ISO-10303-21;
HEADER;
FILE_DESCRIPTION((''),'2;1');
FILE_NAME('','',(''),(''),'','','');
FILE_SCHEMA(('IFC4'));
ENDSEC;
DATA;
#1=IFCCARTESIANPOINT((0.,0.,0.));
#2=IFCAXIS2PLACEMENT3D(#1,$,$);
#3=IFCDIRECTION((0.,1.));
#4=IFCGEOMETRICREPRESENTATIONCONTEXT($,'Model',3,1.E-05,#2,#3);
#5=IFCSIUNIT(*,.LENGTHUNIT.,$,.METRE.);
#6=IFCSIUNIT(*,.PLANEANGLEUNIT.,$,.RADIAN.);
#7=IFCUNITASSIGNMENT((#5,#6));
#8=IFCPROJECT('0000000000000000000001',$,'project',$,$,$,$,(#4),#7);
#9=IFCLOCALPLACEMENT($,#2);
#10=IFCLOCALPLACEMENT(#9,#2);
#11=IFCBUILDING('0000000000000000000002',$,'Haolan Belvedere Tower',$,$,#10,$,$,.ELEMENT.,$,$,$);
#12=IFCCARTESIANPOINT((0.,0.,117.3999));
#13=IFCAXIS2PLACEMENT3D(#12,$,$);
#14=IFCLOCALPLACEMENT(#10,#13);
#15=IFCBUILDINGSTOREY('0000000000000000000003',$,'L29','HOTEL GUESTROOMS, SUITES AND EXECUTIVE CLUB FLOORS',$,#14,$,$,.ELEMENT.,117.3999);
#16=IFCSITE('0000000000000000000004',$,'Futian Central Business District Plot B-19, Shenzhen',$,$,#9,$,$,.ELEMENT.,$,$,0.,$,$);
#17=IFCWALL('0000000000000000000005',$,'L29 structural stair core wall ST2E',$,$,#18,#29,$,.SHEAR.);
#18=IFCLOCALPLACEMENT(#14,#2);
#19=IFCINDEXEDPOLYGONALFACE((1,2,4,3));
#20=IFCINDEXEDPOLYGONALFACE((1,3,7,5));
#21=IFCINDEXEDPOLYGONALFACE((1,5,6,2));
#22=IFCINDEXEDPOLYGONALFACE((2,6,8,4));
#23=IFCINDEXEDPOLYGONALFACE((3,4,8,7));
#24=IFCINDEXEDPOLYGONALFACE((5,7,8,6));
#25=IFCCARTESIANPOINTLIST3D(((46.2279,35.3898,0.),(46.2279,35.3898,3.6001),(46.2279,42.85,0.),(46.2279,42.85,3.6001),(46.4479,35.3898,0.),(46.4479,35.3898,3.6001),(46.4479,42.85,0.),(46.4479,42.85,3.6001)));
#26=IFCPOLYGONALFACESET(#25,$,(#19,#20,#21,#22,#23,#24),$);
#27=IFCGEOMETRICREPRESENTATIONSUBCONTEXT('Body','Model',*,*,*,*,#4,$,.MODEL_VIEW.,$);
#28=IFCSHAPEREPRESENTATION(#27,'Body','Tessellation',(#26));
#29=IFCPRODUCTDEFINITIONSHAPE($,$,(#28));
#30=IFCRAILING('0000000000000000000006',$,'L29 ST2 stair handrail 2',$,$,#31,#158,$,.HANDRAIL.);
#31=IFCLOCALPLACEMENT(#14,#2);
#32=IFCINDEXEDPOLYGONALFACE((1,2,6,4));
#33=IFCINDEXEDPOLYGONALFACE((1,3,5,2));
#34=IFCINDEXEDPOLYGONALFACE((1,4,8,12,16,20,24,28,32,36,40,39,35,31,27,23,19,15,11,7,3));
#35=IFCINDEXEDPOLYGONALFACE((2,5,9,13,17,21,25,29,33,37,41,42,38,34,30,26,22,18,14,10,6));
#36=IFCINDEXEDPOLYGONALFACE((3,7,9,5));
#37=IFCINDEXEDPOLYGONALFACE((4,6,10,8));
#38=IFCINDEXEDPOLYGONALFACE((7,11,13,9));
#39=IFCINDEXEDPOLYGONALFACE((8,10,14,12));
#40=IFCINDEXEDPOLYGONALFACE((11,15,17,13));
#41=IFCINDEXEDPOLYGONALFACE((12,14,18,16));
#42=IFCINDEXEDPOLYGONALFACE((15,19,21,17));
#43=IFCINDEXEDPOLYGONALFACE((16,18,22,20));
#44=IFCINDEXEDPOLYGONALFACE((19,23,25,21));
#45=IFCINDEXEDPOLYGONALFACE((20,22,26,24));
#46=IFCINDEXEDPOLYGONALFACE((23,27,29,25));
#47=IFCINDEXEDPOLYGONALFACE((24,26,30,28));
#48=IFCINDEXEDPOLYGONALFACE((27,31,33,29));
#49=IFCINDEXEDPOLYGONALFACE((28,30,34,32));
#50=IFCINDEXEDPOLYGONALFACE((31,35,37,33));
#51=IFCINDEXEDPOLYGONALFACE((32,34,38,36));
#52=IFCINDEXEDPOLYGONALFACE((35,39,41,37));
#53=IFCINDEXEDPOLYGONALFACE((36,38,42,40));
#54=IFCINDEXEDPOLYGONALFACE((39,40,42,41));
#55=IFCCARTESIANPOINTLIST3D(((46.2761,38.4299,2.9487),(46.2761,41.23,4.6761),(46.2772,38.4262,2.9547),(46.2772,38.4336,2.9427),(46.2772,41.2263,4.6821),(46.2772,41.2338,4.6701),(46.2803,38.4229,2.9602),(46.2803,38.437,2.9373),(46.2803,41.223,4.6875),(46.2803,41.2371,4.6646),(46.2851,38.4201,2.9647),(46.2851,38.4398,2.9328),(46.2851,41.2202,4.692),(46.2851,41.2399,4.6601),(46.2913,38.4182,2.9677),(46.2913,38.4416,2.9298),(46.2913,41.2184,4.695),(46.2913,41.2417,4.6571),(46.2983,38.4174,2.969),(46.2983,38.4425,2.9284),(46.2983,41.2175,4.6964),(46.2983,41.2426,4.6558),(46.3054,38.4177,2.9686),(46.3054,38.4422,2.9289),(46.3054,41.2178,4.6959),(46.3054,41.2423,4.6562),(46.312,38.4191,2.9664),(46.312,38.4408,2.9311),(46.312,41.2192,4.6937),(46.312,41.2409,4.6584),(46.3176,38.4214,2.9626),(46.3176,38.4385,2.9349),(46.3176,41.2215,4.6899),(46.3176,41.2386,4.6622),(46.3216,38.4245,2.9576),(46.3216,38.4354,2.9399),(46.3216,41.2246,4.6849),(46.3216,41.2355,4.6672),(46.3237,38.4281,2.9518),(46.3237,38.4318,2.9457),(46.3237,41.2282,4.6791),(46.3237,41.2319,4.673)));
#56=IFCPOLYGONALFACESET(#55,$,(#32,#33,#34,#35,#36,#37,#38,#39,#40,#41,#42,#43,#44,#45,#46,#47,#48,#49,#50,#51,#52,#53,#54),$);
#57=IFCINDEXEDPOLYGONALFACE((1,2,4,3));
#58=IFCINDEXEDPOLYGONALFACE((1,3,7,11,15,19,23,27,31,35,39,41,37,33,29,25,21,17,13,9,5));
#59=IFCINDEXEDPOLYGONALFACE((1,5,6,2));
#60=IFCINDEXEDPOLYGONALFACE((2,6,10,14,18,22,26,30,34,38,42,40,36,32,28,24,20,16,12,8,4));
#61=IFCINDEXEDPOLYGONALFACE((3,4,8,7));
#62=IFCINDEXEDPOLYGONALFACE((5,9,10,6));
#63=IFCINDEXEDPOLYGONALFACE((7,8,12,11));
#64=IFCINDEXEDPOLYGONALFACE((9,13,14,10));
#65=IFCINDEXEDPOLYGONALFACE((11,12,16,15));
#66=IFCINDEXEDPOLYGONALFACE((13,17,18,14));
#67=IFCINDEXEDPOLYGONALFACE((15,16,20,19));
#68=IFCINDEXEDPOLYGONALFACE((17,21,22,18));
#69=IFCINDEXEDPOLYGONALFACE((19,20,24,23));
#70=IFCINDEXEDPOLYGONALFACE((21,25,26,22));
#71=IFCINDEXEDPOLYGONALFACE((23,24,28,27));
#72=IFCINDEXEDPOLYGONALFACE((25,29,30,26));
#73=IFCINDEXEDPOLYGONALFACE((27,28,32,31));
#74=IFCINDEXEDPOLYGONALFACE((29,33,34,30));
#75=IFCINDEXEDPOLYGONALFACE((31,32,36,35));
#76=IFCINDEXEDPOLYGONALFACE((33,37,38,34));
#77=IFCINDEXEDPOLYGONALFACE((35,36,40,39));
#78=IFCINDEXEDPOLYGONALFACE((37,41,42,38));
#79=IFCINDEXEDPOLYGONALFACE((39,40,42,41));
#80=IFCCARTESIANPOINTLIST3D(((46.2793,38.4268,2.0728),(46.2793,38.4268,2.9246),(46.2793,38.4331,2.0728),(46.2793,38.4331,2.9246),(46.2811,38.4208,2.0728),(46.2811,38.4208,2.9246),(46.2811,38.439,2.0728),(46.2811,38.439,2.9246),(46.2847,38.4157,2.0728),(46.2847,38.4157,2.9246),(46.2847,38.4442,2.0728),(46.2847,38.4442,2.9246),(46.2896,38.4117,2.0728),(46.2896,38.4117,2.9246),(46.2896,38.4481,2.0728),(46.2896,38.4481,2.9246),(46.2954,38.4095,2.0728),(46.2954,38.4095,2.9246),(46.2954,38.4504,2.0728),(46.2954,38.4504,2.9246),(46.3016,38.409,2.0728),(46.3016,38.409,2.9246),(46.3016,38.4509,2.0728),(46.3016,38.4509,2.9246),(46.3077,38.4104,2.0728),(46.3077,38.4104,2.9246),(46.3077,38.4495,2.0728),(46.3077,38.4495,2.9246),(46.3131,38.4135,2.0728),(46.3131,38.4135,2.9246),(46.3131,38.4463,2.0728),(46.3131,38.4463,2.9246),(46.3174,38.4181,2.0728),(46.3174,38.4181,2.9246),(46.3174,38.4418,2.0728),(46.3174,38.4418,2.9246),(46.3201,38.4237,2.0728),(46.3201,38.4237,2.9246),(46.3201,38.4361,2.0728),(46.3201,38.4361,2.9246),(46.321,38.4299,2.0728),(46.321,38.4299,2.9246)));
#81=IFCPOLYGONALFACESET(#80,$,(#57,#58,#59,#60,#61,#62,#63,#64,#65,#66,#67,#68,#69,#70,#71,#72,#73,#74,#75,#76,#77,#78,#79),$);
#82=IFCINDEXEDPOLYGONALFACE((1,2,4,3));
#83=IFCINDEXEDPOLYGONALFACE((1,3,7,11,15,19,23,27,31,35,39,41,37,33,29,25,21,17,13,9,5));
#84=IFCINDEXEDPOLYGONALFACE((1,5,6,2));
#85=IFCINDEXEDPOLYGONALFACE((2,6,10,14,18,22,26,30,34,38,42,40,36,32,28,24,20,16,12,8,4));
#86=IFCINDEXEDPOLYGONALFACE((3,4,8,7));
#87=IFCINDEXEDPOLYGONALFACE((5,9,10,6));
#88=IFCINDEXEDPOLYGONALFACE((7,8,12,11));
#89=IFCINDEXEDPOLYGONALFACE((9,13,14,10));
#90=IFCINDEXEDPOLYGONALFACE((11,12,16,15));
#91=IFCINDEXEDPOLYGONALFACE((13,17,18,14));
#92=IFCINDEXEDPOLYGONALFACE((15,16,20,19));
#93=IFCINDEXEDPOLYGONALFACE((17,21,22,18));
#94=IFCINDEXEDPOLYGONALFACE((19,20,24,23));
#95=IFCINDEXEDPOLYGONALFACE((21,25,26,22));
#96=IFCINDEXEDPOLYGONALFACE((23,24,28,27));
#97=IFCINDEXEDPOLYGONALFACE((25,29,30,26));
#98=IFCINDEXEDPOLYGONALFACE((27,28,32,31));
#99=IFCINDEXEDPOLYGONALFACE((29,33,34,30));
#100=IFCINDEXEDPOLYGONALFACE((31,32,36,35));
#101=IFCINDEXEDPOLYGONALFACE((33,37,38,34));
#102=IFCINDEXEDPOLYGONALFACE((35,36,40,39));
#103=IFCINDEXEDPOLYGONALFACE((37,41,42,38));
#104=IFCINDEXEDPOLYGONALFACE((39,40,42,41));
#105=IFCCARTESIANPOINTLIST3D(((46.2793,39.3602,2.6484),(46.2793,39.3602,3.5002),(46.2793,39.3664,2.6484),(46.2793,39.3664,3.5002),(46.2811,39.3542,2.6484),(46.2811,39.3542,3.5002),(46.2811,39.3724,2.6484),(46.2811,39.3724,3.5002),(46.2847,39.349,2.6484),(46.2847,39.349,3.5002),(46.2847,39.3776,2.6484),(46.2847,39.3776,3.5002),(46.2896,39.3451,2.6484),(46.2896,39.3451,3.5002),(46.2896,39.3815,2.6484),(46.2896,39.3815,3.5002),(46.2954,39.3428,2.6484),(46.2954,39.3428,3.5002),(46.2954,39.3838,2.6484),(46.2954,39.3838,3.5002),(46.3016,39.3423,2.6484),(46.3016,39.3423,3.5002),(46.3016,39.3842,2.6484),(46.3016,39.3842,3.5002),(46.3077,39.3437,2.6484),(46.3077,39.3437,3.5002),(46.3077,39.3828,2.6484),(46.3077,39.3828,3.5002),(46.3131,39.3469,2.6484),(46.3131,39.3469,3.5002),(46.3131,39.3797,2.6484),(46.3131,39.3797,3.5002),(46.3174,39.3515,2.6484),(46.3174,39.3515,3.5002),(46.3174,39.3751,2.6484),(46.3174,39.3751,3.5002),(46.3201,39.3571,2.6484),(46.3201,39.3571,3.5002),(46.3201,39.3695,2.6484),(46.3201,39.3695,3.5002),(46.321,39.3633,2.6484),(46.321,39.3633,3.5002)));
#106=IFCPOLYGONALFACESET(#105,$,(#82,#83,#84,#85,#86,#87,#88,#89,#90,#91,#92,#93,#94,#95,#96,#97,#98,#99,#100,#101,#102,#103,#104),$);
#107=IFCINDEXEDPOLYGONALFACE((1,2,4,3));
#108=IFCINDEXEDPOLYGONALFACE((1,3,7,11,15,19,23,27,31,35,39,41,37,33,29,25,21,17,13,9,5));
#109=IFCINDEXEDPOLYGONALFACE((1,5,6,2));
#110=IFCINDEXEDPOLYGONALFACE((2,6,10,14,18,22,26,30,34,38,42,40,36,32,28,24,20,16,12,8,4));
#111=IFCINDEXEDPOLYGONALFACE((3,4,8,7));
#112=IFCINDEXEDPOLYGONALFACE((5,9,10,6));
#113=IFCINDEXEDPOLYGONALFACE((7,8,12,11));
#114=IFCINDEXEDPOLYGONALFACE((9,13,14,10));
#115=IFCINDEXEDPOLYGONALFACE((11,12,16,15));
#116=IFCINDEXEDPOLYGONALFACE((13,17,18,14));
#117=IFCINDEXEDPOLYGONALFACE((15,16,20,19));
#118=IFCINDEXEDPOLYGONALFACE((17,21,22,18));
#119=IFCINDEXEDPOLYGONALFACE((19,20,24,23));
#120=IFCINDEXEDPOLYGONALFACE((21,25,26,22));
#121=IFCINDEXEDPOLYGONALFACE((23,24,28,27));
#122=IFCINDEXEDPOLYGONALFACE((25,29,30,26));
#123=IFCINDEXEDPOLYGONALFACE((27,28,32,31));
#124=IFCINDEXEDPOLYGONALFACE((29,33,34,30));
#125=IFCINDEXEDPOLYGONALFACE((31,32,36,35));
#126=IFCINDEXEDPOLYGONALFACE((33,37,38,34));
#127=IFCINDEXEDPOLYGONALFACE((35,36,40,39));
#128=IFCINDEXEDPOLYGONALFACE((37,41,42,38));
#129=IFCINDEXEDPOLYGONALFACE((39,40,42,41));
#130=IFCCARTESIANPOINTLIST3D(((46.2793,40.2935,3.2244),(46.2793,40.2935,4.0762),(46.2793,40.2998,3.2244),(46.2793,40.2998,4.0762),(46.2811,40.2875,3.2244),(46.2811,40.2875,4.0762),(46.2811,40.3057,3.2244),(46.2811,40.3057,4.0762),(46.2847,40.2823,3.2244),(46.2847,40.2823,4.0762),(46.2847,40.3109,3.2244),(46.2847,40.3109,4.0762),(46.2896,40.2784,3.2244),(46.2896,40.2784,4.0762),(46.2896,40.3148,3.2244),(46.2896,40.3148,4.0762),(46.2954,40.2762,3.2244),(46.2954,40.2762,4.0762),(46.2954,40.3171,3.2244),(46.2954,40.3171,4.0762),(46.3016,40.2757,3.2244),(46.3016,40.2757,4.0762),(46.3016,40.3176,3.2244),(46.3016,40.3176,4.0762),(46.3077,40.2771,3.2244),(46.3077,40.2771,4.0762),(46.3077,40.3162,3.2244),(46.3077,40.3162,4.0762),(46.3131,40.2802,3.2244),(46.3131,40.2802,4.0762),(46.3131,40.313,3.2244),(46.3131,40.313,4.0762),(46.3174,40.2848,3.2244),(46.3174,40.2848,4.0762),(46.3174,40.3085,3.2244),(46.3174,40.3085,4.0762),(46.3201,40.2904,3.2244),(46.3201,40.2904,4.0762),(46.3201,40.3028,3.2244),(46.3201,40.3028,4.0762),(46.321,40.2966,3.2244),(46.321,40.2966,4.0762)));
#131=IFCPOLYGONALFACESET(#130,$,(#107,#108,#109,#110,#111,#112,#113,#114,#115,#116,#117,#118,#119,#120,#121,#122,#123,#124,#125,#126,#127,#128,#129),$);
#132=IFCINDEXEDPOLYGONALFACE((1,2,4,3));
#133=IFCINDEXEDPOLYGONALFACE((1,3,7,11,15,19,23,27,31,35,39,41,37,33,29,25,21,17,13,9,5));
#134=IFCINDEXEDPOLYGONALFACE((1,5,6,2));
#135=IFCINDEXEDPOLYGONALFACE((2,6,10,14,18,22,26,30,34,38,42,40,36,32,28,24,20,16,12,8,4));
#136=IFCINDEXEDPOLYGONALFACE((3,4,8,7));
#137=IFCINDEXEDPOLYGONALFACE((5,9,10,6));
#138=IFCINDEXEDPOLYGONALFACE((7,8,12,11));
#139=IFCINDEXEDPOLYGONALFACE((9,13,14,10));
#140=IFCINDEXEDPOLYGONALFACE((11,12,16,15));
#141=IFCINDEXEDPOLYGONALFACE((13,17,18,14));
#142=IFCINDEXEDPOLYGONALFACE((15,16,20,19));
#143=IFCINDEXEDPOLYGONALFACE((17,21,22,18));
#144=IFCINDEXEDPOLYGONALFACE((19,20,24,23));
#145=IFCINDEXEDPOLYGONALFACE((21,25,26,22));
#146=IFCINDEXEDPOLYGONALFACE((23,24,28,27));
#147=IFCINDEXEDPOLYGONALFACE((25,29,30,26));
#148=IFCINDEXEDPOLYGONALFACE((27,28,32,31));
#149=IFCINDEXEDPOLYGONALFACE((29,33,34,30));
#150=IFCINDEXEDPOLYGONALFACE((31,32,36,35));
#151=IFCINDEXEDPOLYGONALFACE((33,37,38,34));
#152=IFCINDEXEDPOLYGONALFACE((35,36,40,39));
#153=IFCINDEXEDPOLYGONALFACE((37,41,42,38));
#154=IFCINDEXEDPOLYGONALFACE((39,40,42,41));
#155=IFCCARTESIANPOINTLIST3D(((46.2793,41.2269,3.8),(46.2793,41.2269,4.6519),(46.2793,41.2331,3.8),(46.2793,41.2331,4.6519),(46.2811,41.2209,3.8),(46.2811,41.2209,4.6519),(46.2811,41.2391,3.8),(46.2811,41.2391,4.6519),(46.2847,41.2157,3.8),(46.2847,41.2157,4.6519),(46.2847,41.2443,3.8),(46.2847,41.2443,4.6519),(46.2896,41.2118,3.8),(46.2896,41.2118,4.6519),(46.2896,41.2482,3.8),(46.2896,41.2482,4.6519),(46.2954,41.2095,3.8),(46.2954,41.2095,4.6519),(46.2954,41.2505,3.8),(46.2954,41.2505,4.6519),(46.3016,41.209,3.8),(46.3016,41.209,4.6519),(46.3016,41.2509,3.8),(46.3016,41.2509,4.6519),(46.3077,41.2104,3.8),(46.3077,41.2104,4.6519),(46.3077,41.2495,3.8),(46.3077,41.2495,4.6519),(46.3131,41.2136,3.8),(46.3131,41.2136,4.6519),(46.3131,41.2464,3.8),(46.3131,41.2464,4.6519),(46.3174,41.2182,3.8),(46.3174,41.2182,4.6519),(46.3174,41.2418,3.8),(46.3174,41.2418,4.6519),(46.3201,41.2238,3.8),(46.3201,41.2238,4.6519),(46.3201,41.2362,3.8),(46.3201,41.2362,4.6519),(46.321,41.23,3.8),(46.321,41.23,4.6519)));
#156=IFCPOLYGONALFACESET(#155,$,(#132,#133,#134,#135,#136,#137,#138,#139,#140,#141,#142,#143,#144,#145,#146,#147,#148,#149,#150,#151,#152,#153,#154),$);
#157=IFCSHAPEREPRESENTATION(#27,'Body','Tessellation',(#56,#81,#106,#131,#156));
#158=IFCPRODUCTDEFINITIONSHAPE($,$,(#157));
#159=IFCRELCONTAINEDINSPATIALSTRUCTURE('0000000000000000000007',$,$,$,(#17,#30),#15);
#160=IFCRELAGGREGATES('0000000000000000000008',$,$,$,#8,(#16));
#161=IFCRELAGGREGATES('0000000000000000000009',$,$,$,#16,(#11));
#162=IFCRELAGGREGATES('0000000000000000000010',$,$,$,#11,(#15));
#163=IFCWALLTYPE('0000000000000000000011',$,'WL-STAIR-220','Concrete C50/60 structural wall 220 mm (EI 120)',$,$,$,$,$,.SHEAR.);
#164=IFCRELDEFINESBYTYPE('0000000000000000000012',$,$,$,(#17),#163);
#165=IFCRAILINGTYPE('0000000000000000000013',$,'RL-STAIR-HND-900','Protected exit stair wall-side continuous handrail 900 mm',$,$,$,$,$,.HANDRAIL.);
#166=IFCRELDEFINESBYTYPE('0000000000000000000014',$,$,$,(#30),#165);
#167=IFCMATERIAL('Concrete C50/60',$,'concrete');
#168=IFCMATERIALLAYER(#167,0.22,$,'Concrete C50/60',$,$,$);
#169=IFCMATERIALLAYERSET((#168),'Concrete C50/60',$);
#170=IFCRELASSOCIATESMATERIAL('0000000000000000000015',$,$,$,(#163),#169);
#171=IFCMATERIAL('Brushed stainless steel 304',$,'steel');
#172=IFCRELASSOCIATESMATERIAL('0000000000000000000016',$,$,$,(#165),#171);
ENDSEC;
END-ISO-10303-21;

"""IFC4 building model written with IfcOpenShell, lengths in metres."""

from ifc_helpers import new_model, si_unit, direction, frame, frame_2d, origin, origin_2d, place, context, subcontext, project, spatial, rectangle, circle, extrude, material, layer, layer_set, type_object, element, save


model = new_model("IFC4")

# Units and contexts
model_context = context("Model", 3, precision=1e-05, world=origin(), true_north=direction((0.0, 1.0)))
body_context = subcontext(model_context, "Body", "Model", "MODEL_VIEW")
ifc_project = project(units=[si_unit("LENGTHUNIT", "METRE"), si_unit("PLANEANGLEUNIT", "RADIAN")], contexts=[model_context])

# Site, building, storey
site_placement = place(None, origin())
site = spatial("IfcSite", under=ifc_project, at=site_placement, Name="Futian Central Business District Plot B-19, Shenzhen", CompositionType="ELEMENT", RefElevation=0.0)
building_placement = place(site_placement, origin())
building = spatial("IfcBuilding", under=site, at=building_placement, Name="Haolan Belvedere Tower", CompositionType="ELEMENT")
storey_placement = place(building_placement, frame((0.0, 0.0, 117.3999)))
storey = spatial("IfcBuildingStorey", under=building, at=storey_placement, Name="L29", Description="HOTEL GUESTROOMS, SUITES AND EXECUTIVE CLUB FLOORS", CompositionType="ELEMENT", Elevation=117.3999)

# Wall
ifc_material_1 = material(Name="Concrete C50/60", Category="concrete")
ifc_layer_1 = layer(ifc_material_1, 0.22, Name="Concrete C50/60")
ifc_layer_set_1 = layer_set([ifc_layer_1], Name="Concrete C50/60")
wall_type_1 = type_object("IfcWallType", Name="WL-STAIR-220", Description="Concrete C50/60 structural wall 220 mm (EI 120)", PredefinedType="SHEAR", material=ifc_layer_set_1)
wall_1_placement = place(storey_placement, frame((46.3379, 35.3899, 0.0), z_axis=(0.0, 0.0, 1.0), x_axis=(0.0, 1.0, 0.0)))
element("IfcWall", 1, at=wall_1_placement, inside=storey, type_object=wall_type_1, Name="L29 structural stair core wall ST2E", PredefinedType="SHEAR", context=body_context, shape_type="SweptSolid", body=[
    extrude(rectangle(XDim=7.4602, YDim=0.22, at=frame_2d((3.73, 0.0))), origin(), (0.0, 0.0, 1.0), 3.6001),
])

# Railing
ifc_material_2 = material(Name="Brushed stainless steel 304", Category="steel")
railing_type = type_object("IfcRailingType", Name="RL-STAIR-HND-900", Description="Protected exit stair wall-side continuous handrail 900 mm", PredefinedType="HANDRAIL", material=ifc_material_2)
railing_placement = place(storey_placement, frame((46.3, 38.4299, 2.0728)))
element("IfcRailing", 2, at=railing_placement, inside=storey, type_object=railing_type, Name="L29 ST2 stair handrail 2", PredefinedType="HANDRAIL", context=body_context, shape_type="SweptSolid", body=[
    extrude(circle(Radius=0.0239, at=origin_2d()), frame((0.0, 0.0, 0.876), z_axis=(0.0, 0.85109, 0.52502), x_axis=(-1.0, 0.0, 0.0)), (0.0, 0.0, 1.0), 3.29),
    extrude(circle(Radius=0.021, at=origin_2d()), origin(), (0.0, 0.0, 1.0), 0.8518),
    extrude(circle(Radius=0.021, at=origin_2d()), frame((0.0, 0.9333, 0.5757)), (0.0, 0.0, 1.0), 0.8518),
    extrude(circle(Radius=0.021, at=origin_2d()), frame((0.0, 1.8667, 1.1516)), (0.0, 0.0, 1.0), 0.8518),
    extrude(circle(Radius=0.021, at=origin_2d()), frame((0.0, 2.8, 1.7273)), (0.0, 0.0, 1.0), 0.8518),
])

save(model, "model.ifc")
